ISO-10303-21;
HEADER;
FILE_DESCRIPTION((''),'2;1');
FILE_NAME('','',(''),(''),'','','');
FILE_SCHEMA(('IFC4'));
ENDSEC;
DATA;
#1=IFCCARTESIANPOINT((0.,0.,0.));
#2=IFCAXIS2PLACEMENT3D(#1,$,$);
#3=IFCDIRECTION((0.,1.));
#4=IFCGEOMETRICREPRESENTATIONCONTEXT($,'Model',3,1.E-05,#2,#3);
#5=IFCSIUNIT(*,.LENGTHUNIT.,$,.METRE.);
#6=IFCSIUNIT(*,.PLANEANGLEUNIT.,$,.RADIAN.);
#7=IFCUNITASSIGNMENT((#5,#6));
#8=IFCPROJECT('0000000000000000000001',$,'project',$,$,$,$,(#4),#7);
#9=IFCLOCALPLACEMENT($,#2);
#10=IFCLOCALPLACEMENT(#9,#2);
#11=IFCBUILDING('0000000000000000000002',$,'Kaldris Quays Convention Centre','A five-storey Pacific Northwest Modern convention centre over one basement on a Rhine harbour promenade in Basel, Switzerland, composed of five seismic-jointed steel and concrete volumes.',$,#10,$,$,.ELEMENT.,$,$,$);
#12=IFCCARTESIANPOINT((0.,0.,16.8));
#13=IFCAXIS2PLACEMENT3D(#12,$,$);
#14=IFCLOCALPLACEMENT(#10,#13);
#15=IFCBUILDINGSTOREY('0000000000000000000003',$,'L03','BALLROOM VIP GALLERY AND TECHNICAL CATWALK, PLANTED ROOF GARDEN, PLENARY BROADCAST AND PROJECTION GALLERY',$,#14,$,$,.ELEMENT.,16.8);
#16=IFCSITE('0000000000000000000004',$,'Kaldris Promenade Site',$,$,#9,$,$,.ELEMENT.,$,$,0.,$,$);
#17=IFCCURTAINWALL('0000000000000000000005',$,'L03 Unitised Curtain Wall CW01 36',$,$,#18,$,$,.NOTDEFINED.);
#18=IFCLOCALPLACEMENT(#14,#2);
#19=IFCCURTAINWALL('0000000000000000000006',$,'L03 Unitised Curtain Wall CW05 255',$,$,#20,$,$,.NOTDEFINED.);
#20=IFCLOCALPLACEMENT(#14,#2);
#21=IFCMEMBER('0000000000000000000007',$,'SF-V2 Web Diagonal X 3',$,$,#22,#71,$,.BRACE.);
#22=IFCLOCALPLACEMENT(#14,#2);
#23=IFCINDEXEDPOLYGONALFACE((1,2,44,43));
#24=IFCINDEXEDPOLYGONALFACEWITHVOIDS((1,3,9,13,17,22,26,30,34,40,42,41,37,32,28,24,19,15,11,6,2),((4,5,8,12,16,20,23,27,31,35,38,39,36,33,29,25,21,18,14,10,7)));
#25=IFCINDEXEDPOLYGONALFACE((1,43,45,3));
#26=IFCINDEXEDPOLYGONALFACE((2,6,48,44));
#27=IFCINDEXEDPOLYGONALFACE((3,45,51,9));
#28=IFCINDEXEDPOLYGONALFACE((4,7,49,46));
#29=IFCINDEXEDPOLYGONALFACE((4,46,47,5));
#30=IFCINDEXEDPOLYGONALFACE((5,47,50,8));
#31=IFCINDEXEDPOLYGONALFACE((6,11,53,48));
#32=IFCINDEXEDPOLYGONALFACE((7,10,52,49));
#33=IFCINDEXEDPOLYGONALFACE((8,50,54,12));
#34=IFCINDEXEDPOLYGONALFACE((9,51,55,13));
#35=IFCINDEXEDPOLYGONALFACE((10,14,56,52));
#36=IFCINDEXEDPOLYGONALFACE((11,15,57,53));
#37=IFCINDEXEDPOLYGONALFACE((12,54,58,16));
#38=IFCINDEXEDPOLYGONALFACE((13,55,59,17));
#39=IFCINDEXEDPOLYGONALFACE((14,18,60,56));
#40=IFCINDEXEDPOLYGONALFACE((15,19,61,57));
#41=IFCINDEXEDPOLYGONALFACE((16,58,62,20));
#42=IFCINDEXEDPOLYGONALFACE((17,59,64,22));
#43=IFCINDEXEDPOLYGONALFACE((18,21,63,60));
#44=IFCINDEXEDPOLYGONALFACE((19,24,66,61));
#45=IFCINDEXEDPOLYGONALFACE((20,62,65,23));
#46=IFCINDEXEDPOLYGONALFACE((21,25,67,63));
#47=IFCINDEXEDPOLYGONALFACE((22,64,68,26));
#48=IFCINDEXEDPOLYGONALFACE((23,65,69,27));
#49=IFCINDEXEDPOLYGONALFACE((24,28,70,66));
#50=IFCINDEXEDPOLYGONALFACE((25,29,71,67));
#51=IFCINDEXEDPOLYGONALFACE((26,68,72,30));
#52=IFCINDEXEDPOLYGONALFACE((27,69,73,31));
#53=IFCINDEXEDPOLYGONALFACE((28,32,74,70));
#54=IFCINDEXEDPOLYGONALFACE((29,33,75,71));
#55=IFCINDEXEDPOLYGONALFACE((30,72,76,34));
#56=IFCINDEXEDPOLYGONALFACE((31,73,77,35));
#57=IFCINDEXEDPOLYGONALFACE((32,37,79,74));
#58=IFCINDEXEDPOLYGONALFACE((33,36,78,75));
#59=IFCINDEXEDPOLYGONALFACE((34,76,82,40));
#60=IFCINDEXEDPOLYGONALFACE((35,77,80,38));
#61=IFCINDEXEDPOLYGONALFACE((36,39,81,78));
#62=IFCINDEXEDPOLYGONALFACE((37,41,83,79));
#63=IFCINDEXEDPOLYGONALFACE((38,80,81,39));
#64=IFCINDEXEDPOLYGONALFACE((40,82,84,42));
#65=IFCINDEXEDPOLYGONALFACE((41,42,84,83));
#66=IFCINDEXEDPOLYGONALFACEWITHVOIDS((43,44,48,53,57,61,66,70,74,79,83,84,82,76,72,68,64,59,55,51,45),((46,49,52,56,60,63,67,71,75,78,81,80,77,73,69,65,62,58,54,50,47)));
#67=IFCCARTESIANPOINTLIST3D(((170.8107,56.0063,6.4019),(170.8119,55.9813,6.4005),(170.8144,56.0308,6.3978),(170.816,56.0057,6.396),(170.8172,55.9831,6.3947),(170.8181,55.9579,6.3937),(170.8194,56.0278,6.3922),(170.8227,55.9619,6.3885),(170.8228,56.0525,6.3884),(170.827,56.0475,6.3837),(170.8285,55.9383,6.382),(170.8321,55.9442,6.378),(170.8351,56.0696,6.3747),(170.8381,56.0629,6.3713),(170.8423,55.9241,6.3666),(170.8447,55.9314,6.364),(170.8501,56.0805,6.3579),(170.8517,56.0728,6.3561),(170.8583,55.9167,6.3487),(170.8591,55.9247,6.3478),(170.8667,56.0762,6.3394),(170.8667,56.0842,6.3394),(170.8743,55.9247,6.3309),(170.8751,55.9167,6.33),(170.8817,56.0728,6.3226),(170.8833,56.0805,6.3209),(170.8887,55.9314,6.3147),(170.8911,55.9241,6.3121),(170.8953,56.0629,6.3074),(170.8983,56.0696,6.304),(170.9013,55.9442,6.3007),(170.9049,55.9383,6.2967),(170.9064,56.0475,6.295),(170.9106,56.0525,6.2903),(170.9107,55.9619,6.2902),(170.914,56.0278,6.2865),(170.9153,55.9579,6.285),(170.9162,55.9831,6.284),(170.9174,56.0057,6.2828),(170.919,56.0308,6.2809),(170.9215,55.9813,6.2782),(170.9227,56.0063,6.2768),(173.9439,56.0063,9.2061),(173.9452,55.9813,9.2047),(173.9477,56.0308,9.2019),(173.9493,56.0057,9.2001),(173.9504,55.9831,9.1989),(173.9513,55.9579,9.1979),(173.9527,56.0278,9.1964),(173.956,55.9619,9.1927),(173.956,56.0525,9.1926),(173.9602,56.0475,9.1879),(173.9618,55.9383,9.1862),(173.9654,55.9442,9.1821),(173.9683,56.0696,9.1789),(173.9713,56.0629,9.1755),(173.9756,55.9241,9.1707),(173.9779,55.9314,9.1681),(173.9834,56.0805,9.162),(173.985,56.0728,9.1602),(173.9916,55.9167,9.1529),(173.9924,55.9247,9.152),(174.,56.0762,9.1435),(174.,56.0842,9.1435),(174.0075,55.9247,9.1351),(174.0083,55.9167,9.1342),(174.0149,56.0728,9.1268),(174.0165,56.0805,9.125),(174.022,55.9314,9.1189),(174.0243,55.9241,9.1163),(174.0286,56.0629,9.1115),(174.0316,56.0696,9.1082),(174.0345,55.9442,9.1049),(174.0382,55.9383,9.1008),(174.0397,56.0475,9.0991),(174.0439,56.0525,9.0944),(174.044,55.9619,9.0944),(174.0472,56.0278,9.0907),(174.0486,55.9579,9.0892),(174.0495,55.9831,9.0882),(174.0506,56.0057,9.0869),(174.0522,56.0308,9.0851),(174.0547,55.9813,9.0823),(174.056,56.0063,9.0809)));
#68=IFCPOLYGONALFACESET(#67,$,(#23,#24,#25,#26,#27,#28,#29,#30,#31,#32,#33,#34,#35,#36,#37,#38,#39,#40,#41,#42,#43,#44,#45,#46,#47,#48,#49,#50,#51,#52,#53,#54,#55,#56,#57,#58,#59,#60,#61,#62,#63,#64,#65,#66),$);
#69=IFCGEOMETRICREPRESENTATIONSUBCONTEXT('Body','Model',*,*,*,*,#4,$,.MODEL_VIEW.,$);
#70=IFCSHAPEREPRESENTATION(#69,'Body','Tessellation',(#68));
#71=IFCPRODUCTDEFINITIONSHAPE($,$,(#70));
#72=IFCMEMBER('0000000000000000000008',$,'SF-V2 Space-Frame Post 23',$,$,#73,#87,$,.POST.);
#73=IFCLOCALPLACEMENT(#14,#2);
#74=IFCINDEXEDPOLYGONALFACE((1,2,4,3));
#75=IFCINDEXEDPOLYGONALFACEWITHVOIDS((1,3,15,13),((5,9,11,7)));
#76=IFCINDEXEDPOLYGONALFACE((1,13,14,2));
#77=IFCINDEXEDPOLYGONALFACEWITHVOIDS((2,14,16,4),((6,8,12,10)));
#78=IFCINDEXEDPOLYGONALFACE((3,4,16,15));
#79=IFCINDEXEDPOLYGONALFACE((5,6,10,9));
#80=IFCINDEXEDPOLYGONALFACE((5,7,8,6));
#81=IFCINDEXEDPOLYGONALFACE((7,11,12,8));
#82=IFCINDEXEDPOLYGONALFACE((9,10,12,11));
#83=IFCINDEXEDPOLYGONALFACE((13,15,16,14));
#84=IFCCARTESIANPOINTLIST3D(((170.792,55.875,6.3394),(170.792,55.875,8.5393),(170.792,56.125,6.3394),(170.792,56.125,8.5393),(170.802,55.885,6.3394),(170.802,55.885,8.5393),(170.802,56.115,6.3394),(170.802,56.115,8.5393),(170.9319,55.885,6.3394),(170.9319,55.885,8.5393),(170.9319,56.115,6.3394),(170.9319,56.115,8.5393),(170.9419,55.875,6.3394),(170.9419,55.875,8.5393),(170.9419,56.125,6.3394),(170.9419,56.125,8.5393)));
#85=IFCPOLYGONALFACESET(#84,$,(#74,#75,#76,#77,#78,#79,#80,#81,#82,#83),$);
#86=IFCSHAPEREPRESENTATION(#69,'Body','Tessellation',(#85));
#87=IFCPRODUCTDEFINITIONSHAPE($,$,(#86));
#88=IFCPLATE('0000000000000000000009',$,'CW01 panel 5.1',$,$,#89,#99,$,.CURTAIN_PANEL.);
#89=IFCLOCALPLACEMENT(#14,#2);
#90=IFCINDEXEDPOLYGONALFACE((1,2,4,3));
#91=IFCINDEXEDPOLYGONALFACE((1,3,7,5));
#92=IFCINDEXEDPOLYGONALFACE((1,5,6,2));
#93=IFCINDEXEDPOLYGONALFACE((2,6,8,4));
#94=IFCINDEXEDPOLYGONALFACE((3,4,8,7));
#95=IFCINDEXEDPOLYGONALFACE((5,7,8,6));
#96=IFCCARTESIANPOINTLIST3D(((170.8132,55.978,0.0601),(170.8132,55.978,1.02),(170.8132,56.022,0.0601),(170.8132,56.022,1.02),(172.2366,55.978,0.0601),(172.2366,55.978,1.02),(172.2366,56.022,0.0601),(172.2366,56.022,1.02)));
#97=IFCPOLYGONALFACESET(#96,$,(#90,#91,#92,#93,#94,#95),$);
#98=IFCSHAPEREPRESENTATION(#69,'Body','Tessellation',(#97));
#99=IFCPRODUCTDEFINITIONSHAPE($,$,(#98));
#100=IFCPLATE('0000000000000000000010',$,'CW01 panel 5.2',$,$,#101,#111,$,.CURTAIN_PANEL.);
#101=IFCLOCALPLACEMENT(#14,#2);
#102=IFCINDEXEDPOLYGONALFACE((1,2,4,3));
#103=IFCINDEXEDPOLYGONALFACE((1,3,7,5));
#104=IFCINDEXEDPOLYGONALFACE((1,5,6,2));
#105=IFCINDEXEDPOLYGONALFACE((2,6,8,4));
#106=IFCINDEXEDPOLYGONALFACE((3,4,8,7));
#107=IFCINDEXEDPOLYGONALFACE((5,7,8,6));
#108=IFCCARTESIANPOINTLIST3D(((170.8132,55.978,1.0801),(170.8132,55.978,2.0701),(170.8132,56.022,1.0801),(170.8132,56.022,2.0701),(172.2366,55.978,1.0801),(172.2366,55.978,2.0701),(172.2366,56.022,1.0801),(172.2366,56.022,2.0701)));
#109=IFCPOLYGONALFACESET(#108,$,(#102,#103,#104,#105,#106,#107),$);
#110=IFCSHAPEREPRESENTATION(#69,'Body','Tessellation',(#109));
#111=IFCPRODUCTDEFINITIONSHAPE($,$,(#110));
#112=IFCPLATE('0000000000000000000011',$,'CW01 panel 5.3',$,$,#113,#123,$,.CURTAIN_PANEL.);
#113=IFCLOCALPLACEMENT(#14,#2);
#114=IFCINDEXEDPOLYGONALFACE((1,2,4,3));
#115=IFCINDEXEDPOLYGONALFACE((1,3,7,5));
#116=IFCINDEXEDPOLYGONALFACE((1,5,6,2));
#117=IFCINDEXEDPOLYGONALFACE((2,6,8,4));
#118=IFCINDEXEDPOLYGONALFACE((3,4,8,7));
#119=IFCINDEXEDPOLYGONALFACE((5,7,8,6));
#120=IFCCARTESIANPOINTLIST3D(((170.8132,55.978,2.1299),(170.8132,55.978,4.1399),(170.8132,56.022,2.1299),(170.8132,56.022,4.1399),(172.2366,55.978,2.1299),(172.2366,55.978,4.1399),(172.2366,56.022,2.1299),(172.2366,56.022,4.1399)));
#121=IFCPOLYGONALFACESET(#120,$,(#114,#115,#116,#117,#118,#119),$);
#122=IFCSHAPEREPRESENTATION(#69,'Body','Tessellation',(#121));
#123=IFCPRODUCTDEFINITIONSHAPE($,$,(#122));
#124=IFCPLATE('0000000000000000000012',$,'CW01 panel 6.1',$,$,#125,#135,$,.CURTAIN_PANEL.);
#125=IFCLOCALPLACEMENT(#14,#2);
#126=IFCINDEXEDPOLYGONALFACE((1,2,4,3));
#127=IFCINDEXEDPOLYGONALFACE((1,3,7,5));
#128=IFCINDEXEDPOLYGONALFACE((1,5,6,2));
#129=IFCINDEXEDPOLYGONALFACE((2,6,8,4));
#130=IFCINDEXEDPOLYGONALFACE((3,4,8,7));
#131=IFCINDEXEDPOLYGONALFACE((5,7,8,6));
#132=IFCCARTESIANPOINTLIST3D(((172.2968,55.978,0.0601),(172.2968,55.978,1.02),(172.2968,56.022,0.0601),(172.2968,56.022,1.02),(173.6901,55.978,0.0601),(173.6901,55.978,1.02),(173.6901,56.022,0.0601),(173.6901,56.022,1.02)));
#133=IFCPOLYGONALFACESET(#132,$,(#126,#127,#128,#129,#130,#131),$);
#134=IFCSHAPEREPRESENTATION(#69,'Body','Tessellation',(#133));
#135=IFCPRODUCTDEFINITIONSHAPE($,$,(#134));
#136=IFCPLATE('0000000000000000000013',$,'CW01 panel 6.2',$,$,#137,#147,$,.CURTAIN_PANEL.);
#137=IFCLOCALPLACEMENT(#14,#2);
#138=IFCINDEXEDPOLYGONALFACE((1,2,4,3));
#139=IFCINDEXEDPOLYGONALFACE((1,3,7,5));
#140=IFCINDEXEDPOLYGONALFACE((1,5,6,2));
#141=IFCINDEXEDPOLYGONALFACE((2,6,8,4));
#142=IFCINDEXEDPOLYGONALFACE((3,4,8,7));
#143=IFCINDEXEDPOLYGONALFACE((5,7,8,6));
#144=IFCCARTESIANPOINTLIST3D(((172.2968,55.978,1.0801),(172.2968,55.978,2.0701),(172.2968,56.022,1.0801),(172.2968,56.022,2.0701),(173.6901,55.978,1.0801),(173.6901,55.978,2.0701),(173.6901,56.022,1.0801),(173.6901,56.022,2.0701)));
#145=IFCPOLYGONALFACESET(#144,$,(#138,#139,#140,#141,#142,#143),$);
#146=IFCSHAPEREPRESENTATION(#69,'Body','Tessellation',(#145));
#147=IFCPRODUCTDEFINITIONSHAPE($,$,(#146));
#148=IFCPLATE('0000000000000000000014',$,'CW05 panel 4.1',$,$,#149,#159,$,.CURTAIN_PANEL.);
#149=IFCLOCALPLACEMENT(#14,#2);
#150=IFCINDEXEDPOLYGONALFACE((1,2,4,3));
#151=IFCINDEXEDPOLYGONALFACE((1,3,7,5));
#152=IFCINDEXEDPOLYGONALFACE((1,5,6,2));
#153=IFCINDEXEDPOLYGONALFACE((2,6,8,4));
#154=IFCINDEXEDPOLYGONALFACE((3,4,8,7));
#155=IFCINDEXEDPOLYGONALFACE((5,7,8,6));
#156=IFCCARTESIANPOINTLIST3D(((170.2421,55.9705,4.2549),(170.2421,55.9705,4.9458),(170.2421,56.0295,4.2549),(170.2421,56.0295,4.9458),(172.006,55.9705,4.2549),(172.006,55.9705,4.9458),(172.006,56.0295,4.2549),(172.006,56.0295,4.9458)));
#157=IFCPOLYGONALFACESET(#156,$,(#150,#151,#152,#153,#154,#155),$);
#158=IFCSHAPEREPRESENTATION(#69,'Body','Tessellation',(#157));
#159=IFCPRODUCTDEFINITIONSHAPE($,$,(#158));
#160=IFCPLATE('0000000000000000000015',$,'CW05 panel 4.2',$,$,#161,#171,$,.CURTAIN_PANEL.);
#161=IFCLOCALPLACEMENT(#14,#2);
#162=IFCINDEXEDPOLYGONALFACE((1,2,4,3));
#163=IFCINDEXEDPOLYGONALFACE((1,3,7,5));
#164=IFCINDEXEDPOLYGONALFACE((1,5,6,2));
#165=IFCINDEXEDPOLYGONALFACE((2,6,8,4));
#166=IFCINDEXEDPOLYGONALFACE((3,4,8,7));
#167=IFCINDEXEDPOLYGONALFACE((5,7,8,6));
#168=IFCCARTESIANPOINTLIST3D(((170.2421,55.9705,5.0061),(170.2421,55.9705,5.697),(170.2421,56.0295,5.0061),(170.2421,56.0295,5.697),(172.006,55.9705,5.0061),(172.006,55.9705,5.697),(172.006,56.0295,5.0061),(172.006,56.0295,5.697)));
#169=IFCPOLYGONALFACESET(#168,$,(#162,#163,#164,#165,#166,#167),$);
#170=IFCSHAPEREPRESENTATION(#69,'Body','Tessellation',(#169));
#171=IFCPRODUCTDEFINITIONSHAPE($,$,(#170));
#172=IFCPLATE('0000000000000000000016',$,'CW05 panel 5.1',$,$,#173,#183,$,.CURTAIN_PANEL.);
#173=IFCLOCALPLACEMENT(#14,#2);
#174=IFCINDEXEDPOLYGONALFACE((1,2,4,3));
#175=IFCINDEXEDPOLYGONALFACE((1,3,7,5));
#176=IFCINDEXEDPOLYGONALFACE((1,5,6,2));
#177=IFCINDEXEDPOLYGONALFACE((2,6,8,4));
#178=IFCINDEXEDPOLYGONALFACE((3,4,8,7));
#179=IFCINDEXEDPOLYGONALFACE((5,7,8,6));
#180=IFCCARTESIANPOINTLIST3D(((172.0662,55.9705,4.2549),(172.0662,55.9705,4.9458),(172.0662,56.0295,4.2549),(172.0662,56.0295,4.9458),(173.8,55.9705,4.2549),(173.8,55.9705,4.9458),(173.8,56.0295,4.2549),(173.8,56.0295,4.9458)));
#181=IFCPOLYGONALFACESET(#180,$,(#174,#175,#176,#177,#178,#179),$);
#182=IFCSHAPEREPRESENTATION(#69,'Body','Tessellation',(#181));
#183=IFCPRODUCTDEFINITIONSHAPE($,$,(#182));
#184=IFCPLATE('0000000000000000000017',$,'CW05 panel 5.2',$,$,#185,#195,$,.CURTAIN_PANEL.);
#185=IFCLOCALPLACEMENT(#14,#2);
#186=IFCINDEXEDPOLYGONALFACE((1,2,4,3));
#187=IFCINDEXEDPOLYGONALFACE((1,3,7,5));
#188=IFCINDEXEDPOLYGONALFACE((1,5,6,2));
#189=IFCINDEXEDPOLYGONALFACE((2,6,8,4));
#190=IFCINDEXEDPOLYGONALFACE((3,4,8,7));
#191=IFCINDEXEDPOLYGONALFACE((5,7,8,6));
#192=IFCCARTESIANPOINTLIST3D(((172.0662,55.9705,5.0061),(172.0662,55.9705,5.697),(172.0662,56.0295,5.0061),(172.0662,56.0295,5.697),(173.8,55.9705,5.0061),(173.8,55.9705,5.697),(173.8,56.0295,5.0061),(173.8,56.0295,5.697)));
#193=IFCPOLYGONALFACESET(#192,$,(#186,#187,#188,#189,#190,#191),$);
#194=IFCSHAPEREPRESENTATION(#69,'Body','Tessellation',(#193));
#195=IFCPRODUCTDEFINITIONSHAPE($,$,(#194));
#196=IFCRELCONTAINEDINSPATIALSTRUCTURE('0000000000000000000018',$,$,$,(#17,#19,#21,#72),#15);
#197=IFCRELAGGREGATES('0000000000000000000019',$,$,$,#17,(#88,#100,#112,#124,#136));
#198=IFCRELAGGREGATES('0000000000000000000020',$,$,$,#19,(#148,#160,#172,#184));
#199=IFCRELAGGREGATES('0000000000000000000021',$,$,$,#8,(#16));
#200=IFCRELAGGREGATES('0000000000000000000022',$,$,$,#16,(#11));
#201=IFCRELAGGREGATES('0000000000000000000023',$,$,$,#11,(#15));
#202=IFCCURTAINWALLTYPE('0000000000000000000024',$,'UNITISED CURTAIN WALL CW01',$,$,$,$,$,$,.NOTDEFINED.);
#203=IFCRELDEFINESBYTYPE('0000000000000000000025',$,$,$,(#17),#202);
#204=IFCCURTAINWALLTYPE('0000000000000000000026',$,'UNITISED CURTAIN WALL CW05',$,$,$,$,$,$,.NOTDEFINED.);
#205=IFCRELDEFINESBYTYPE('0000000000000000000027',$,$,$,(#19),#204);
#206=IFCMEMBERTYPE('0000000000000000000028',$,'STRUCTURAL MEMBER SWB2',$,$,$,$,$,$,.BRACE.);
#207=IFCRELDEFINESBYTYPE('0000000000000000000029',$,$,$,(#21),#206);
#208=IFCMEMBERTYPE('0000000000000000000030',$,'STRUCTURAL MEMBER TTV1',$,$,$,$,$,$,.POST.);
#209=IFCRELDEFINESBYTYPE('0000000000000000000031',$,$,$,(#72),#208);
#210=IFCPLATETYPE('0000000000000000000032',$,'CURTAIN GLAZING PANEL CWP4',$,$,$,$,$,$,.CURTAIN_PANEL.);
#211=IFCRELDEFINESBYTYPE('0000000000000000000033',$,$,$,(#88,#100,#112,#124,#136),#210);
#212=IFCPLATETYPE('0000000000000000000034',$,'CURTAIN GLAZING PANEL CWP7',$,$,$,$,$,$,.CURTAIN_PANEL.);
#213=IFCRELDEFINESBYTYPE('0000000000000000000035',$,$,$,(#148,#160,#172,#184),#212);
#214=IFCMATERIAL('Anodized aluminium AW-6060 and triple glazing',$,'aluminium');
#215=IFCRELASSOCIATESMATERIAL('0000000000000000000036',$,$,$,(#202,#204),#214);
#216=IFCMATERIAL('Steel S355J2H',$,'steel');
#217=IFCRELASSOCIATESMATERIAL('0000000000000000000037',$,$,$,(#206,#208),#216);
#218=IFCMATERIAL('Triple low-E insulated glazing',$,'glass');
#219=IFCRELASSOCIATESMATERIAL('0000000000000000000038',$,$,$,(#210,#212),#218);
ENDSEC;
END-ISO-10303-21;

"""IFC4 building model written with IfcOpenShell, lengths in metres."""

from ifc_helpers import new_model, si_unit, direction, frame, origin, origin_2d, place, context, subcontext, project, spatial, rectangle, hollow_rectangle, hollow_circle, extrude, material, material_profile, profile_set, type_object, element, aggregate, save


model = new_model("IFC4")

# Units and contexts
model_context = context("Model", 3, precision=1e-05, world=origin(), true_north=direction((0.0, 1.0)))
body_context = subcontext(model_context, "Body", "Model", "MODEL_VIEW")
ifc_project = project(units=[si_unit("LENGTHUNIT", "METRE"), si_unit("PLANEANGLEUNIT", "RADIAN")], contexts=[model_context])

# Site, building, storey
site_placement = place(None, origin())
site = spatial("IfcSite", under=ifc_project, at=site_placement, Name="Kaldris Promenade Site", CompositionType="ELEMENT", RefElevation=0.0)
building_placement = place(site_placement, origin())
building = spatial("IfcBuilding", under=site, at=building_placement, Name="Kaldris Quays Convention Centre", Description="A five-storey Pacific Northwest Modern convention centre over one basement on a Rhine harbour promenade in Basel, Switzerland, composed of five seismic-jointed steel and concrete volumes.", CompositionType="ELEMENT")
storey_placement = place(building_placement, frame((0.0, 0.0, 16.8)))
storey = spatial("IfcBuildingStorey", under=building, at=storey_placement, Name="L03", Description="BALLROOM VIP GALLERY AND TECHNICAL CATWALK, PLANTED ROOF GARDEN, PLENARY BROADCAST AND PROJECTION GALLERY", CompositionType="ELEMENT", Elevation=16.8)

# Curtain walls
ifc_material_1 = material(Name="Anodized aluminium AW-6060 and triple glazing", Category="aluminium")
curtain_wall_type_1 = type_object("IfcCurtainWallType", Name="UNITISED CURTAIN WALL CW01", PredefinedType="NOTDEFINED", material=ifc_material_1)
curtain_wall_1_placement = place(storey_placement, origin())
curtain_wall_1 = element("IfcCurtainWall", 1, at=curtain_wall_1_placement, inside=storey, type_object=curtain_wall_type_1, Name="L03 Unitised Curtain Wall CW01 36", PredefinedType="NOTDEFINED")
curtain_wall_type_2 = type_object("IfcCurtainWallType", Name="UNITISED CURTAIN WALL CW05", PredefinedType="NOTDEFINED", material=ifc_material_1)
curtain_wall_2_placement = place(storey_placement, origin())
curtain_wall_2 = element("IfcCurtainWall", 2, at=curtain_wall_2_placement, inside=storey, type_object=curtain_wall_type_2, Name="L03 Unitised Curtain Wall CW05 255", PredefinedType="NOTDEFINED")

# Members
ifc_material_2 = material(Name="Steel S355J2H", Category="steel")
ifc_material_profile_1 = material_profile(ifc_material_2, hollow_circle(Radius=0.0842, WallThickness=0.0081, at=origin_2d()), Name="CHS 168.3x8")
ifc_profile_set_1 = profile_set([ifc_material_profile_1], Name="Steel S355J2H")
member_type_1 = type_object("IfcMemberType", Name="STRUCTURAL MEMBER SWB2", PredefinedType="BRACE", material=ifc_profile_set_1)
member_1_placement = place(storey_placement, frame((170.8667, 56.0, 6.3394), z_axis=(0.745156, 0.0, 0.66689), x_axis=(0.0, 1.0, 0.0)))
element("IfcMember", 3, at=member_1_placement, inside=storey, type_object=member_type_1, Name="SF-V2 Web Diagonal X 3", PredefinedType="BRACE", context=body_context, shape_type="SweptSolid", body=[
    extrude(hollow_circle(Radius=0.0842, WallThickness=0.0081, at=origin_2d()), origin(), (0.0, 0.0, 1.0), 4.2048),
])
ifc_material_profile_2 = material_profile(ifc_material_2, hollow_rectangle(XDim=0.1499, YDim=0.25, WallThickness=0.01, at=origin_2d()), Name="RHS 250x150x10")
ifc_profile_set_2 = profile_set([ifc_material_profile_2], Name="Steel S355J2H")
member_type_2 = type_object("IfcMemberType", Name="STRUCTURAL MEMBER TTV1", PredefinedType="POST", material=ifc_profile_set_2)
member_2_placement = place(storey_placement, frame((170.8669, 56.0, 6.3394), z_axis=(0.0, 0.0, 1.0), x_axis=(1.0, 0.0, 0.0)))
element("IfcMember", 4, at=member_2_placement, inside=storey, type_object=member_type_2, Name="SF-V2 Space-Frame Post 23", PredefinedType="POST", context=body_context, shape_type="SweptSolid", body=[
    extrude(hollow_rectangle(XDim=0.1499, YDim=0.25, WallThickness=0.01, at=origin_2d()), origin(), (0.0, 0.0, 1.0), 2.2),
])

# Plates
ifc_material_3 = material(Name="Triple low-E insulated glazing", Category="glass")
plate_type_1 = type_object("IfcPlateType", Name="CURTAIN GLAZING PANEL CWP4", PredefinedType="CURTAIN_PANEL", material=ifc_material_3)
plate_1_placement = place(storey_placement, frame((171.5249, 56.0, 0.0601), z_axis=(0.0, 0.0, 1.0), x_axis=(1.0, 0.0, 0.0)))
plate_1 = element("IfcPlate", 5, at=plate_1_placement, type_object=plate_type_1, Name="CW01 panel 5.1", PredefinedType="CURTAIN_PANEL", context=body_context, shape_type="SweptSolid", body=[
    extrude(rectangle(XDim=1.4233, YDim=0.0439, at=origin_2d()), origin(), (0.0, 0.0, 1.0), 0.96),
])
plate_2_placement = place(storey_placement, frame((171.5249, 56.0, 1.0801), z_axis=(0.0, 0.0, 1.0), x_axis=(1.0, 0.0, 0.0)))
plate_2 = element("IfcPlate", 6, at=plate_2_placement, type_object=plate_type_1, Name="CW01 panel 5.2", PredefinedType="CURTAIN_PANEL", context=body_context, shape_type="SweptSolid", body=[
    extrude(rectangle(XDim=1.4233, YDim=0.0439, at=origin_2d()), origin(), (0.0, 0.0, 1.0), 0.99),
])
plate_3_placement = place(storey_placement, frame((171.5249, 56.0, 2.1299), z_axis=(0.0, 0.0, 1.0), x_axis=(1.0, 0.0, 0.0)))
plate_3 = element("IfcPlate", 7, at=plate_3_placement, type_object=plate_type_1, Name="CW01 panel 5.3", PredefinedType="CURTAIN_PANEL", context=body_context, shape_type="SweptSolid", body=[
    extrude(rectangle(XDim=1.4233, YDim=0.0439, at=origin_2d()), origin(), (0.0, 0.0, 1.0), 2.01),
])
plate_4_placement = place(storey_placement, frame((172.9934, 56.0, 0.0601), z_axis=(0.0, 0.0, 1.0), x_axis=(1.0, 0.0, 0.0)))
plate_4 = element("IfcPlate", 8, at=plate_4_placement, type_object=plate_type_1, Name="CW01 panel 6.1", PredefinedType="CURTAIN_PANEL", context=body_context, shape_type="SweptSolid", body=[
    extrude(rectangle(XDim=1.3933, YDim=0.0439, at=origin_2d()), origin(), (0.0, 0.0, 1.0), 0.96),
])
plate_5_placement = place(storey_placement, frame((172.9934, 56.0, 1.0801), z_axis=(0.0, 0.0, 1.0), x_axis=(1.0, 0.0, 0.0)))
plate_5 = element("IfcPlate", 9, at=plate_5_placement, type_object=plate_type_1, Name="CW01 panel 6.2", PredefinedType="CURTAIN_PANEL", context=body_context, shape_type="SweptSolid", body=[
    extrude(rectangle(XDim=1.3933, YDim=0.0439, at=origin_2d()), origin(), (0.0, 0.0, 1.0), 0.99),
])
aggregate(curtain_wall_1, [plate_1, plate_2, plate_3, plate_4, plate_5])
plate_type_2 = type_object("IfcPlateType", Name="CURTAIN GLAZING PANEL CWP7", PredefinedType="CURTAIN_PANEL", material=ifc_material_3)
plate_6_placement = place(storey_placement, frame((171.124, 56.0, 4.2549), z_axis=(0.0, 0.0, 1.0), x_axis=(1.0, 0.0, 0.0)))
plate_6 = element("IfcPlate", 10, at=plate_6_placement, type_object=plate_type_2, Name="CW05 panel 4.1", PredefinedType="CURTAIN_PANEL", context=body_context, shape_type="SweptSolid", body=[
    extrude(rectangle(XDim=1.7639, YDim=0.0591, at=origin_2d()), origin(), (0.0, 0.0, 1.0), 0.6909),
])
plate_7_placement = place(storey_placement, frame((171.124, 56.0, 5.0061), z_axis=(0.0, 0.0, 1.0), x_axis=(1.0, 0.0, 0.0)))
plate_7 = element("IfcPlate", 11, at=plate_7_placement, type_object=plate_type_2, Name="CW05 panel 4.2", PredefinedType="CURTAIN_PANEL", context=body_context, shape_type="SweptSolid", body=[
    extrude(rectangle(XDim=1.7639, YDim=0.0591, at=origin_2d()), origin(), (0.0, 0.0, 1.0), 0.6909),
])
plate_8_placement = place(storey_placement, frame((172.9331, 56.0, 4.2549), z_axis=(0.0, 0.0, 1.0), x_axis=(1.0, 0.0, 0.0)))
plate_8 = element("IfcPlate", 12, at=plate_8_placement, type_object=plate_type_2, Name="CW05 panel 5.1", PredefinedType="CURTAIN_PANEL", context=body_context, shape_type="SweptSolid", body=[
    extrude(rectangle(XDim=1.7339, YDim=0.0591, at=origin_2d()), origin(), (0.0, 0.0, 1.0), 0.6909),
])
plate_9_placement = place(storey_placement, frame((172.9331, 56.0, 5.0061), z_axis=(0.0, 0.0, 1.0), x_axis=(1.0, 0.0, 0.0)))
plate_9 = element("IfcPlate", 13, at=plate_9_placement, type_object=plate_type_2, Name="CW05 panel 5.2", PredefinedType="CURTAIN_PANEL", context=body_context, shape_type="SweptSolid", body=[
    extrude(rectangle(XDim=1.7339, YDim=0.0591, at=origin_2d()), origin(), (0.0, 0.0, 1.0), 0.6909),
])
aggregate(curtain_wall_2, [plate_6, plate_7, plate_8, plate_9])

save(model, "model.ifc")
